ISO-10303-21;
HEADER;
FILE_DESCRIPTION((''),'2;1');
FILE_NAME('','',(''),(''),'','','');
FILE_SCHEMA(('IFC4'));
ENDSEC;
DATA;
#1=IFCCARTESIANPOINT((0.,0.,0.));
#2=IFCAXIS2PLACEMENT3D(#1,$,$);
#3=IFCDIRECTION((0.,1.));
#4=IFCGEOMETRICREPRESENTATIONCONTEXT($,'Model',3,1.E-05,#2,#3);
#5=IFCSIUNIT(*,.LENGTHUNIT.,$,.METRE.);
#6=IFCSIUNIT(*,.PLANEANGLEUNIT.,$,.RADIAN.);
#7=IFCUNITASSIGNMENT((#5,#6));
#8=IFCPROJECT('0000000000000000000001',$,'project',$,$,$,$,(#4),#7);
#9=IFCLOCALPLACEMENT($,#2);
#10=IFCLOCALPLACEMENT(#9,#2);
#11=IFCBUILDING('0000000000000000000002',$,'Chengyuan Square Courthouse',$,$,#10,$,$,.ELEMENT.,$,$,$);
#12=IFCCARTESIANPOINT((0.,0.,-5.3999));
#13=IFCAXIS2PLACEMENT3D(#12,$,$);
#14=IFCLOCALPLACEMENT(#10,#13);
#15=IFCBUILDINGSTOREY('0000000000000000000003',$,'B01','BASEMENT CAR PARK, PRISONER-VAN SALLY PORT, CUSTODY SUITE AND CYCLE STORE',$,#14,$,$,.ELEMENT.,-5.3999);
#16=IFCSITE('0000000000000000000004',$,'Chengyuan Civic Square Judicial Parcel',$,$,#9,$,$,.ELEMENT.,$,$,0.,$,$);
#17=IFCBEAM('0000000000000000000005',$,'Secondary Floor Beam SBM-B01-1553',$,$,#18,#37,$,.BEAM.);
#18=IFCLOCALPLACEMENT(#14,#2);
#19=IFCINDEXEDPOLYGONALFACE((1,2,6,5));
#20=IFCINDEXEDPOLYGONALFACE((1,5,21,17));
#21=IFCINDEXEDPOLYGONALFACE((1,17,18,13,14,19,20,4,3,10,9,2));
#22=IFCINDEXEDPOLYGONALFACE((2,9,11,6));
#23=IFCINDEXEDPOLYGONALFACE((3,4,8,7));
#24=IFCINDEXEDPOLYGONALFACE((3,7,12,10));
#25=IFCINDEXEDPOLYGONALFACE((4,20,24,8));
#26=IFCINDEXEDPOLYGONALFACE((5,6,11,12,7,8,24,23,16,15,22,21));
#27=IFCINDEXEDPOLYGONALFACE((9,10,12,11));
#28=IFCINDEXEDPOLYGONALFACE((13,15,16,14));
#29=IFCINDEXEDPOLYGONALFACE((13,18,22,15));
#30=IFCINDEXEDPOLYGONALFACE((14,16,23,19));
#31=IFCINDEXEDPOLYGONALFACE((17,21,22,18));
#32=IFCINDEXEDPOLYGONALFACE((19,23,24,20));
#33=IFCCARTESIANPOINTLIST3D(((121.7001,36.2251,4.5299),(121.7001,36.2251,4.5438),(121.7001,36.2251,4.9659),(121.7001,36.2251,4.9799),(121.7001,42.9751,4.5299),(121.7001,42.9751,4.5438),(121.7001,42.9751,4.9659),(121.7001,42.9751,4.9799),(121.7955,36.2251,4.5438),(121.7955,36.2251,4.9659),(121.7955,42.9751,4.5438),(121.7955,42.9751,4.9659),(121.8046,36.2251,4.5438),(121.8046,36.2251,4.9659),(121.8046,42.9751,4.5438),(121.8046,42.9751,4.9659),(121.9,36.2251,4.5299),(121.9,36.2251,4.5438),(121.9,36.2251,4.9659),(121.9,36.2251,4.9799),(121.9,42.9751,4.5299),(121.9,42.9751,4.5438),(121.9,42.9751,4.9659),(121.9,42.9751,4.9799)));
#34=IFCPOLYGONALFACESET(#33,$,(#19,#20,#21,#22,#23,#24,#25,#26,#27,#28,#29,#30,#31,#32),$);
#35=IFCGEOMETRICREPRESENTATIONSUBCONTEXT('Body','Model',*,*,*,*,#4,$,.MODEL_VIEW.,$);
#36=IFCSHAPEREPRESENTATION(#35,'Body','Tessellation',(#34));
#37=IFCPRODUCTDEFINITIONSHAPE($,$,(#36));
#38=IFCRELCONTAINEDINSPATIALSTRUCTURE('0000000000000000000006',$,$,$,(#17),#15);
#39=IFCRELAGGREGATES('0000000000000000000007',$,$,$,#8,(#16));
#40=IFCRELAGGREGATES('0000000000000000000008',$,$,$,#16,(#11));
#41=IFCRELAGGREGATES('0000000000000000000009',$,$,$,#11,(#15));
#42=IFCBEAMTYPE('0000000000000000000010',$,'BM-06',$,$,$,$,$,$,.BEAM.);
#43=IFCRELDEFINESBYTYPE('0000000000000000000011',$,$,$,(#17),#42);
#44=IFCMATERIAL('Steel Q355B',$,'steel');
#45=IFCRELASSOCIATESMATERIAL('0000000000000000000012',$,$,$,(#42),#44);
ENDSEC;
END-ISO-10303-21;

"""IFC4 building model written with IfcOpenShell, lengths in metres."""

from ifc_helpers import new_model, si_unit, direction, frame, origin, origin_2d, place, context, subcontext, project, spatial, i_section, extrude, material, material_profile, profile_set, type_object, element, save


model = new_model("IFC4")

# Units and contexts
model_context = context("Model", 3, precision=1e-05, world=origin(), true_north=direction((0.0, 1.0)))
body_context = subcontext(model_context, "Body", "Model", "MODEL_VIEW")
ifc_project = project(units=[si_unit("LENGTHUNIT", "METRE"), si_unit("PLANEANGLEUNIT", "RADIAN")], contexts=[model_context])

# Site, building, storey
site_placement = place(None, origin())
site = spatial("IfcSite", under=ifc_project, at=site_placement, Name="Chengyuan Civic Square Judicial Parcel", CompositionType="ELEMENT", RefElevation=0.0)
building_placement = place(site_placement, origin())
building = spatial("IfcBuilding", under=site, at=building_placement, Name="Chengyuan Square Courthouse", CompositionType="ELEMENT")
storey_placement = place(building_placement, frame((0.0, 0.0, -5.3999)))
storey = spatial("IfcBuildingStorey", under=building, at=storey_placement, Name="B01", Description="BASEMENT CAR PARK, PRISONER-VAN SALLY PORT, CUSTODY SUITE AND CYCLE STORE", CompositionType="ELEMENT", Elevation=-5.3999)

# Beam
ifc_material_1 = material(Name="Steel Q355B", Category="steel")
ifc_material_profile_1 = material_profile(ifc_material_1, i_section(OverallWidth=0.2, OverallDepth=0.45, WebThickness=0.009, FlangeThickness=0.0139, at=origin_2d()), Name="HN 450x200x9x14")
ifc_profile_set_1 = profile_set([ifc_material_profile_1], Name="Steel Q355B")
beam_type_1 = type_object("IfcBeamType", Name="BM-06", PredefinedType="BEAM", material=ifc_profile_set_1)
for number, where, z_axis, x_axis, name in (
    (1, (121.8, 36.2251, 4.7549), (0.0, 1.0, 0.0), (-1.0, 0.0, 0.0), "Secondary Floor Beam SBM-B01-1553"),
):
    element("IfcBeam", number, at=place(storey_placement, frame(where, z_axis=z_axis, x_axis=x_axis)), inside=storey, type_object=beam_type_1, Name=name, PredefinedType="BEAM", context=body_context, shape_type="SweptSolid", body=[
        extrude(i_section(OverallWidth=0.2, OverallDepth=0.45, WebThickness=0.009, FlangeThickness=0.0139, at=origin_2d()), origin(), (0.0, 0.0, 1.0), 6.75),
    ])

save(model, "model.ifc")
